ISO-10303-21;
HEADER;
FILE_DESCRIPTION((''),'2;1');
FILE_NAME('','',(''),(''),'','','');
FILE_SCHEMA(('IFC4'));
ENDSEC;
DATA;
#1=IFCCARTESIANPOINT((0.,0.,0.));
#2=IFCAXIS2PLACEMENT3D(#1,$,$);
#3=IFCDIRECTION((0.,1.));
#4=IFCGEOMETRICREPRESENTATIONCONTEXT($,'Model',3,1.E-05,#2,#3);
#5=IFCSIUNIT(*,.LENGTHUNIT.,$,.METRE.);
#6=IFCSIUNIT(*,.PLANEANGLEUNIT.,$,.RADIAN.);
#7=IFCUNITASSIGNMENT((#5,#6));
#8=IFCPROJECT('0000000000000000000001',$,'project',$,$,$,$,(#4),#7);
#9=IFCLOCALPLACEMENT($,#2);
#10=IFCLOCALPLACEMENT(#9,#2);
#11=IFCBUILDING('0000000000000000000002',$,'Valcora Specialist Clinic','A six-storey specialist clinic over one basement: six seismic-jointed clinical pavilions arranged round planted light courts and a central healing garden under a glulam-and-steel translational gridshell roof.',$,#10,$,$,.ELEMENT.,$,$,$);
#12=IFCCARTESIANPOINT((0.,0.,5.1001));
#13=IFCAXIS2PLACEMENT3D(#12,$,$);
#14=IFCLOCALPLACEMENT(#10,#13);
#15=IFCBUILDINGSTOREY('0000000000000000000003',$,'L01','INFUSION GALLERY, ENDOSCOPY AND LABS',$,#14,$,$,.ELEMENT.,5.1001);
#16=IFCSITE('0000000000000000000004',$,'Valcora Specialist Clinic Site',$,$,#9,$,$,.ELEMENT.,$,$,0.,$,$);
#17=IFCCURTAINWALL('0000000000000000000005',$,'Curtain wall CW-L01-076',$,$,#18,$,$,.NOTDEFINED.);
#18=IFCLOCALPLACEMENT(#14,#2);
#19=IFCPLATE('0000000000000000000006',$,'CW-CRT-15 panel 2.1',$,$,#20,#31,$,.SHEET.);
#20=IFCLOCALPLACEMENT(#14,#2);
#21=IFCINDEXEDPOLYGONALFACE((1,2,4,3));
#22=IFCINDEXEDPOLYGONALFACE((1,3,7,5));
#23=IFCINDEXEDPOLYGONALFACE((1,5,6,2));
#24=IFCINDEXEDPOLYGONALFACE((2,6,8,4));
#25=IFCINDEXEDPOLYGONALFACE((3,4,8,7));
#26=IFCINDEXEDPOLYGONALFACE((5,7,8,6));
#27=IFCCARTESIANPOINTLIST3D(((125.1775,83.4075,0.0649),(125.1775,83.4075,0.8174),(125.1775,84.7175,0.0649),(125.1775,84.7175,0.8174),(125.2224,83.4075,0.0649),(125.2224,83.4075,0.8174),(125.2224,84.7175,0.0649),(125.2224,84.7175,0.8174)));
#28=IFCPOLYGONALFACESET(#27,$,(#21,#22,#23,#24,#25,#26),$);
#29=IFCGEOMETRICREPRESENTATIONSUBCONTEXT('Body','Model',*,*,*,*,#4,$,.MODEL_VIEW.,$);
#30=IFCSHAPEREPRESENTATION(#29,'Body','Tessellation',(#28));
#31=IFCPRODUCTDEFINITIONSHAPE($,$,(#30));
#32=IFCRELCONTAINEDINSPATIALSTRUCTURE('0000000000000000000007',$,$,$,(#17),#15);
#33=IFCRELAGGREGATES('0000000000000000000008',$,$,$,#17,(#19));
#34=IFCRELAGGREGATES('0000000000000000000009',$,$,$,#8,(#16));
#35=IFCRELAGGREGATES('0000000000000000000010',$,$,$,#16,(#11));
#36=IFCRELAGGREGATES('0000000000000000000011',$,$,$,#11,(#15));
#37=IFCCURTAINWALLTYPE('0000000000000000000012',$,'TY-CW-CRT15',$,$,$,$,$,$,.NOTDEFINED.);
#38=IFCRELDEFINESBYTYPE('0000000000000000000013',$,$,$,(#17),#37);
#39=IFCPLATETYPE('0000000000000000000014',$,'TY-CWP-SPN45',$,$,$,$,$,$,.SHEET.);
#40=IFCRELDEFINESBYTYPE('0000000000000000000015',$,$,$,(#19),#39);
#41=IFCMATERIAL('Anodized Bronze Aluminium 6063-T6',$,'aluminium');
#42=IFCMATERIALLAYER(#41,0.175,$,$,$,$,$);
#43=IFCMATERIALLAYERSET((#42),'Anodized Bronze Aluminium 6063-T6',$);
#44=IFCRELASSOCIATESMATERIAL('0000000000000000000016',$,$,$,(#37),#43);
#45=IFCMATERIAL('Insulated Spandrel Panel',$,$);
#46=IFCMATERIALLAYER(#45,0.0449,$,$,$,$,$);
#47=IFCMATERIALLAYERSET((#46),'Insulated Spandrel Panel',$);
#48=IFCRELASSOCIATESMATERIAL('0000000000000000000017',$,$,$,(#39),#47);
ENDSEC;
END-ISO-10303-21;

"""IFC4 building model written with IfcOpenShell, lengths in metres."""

from ifc_helpers import new_model, si_unit, direction, frame, origin, origin_2d, place, context, subcontext, project, spatial, rectangle, extrude, material, layer, layer_set, type_object, element, aggregate, save


model = new_model("IFC4")

# Units and contexts
model_context = context("Model", 3, precision=1e-05, world=origin(), true_north=direction((0.0, 1.0)))
body_context = subcontext(model_context, "Body", "Model", "MODEL_VIEW")
ifc_project = project(units=[si_unit("LENGTHUNIT", "METRE"), si_unit("PLANEANGLEUNIT", "RADIAN")], contexts=[model_context])

# Site, building, storey
site_placement = place(None, origin())
site = spatial("IfcSite", under=ifc_project, at=site_placement, Name="Valcora Specialist Clinic Site", CompositionType="ELEMENT", RefElevation=0.0)
building_placement = place(site_placement, origin())
building = spatial("IfcBuilding", under=site, at=building_placement, Name="Valcora Specialist Clinic", Description="A six-storey specialist clinic over one basement: six seismic-jointed clinical pavilions arranged round planted light courts and a central healing garden under a glulam-and-steel translational gridshell roof.", CompositionType="ELEMENT")
storey_placement = place(building_placement, frame((0.0, 0.0, 5.1001)))
storey = spatial("IfcBuildingStorey", under=building, at=storey_placement, Name="L01", Description="INFUSION GALLERY, ENDOSCOPY AND LABS", CompositionType="ELEMENT", Elevation=5.1001)

# Shared definitions
ifc_material_1 = material(Name="Anodized Bronze Aluminium 6063-T6", Category="aluminium")
ifc_layer_1 = layer(ifc_material_1, 0.175)
ifc_layer_set_1 = layer_set([ifc_layer_1], Name="Anodized Bronze Aluminium 6063-T6")
curtain_wall_type = type_object("IfcCurtainWallType", Name="TY-CW-CRT15", PredefinedType="NOTDEFINED", material=ifc_layer_set_1)

# Curtain wall
curtain_wall_1_placement = place(storey_placement, origin())
curtain_wall_1 = element("IfcCurtainWall", 1, at=curtain_wall_1_placement, inside=storey, type_object=curtain_wall_type, Name="Curtain wall CW-L01-076", PredefinedType="NOTDEFINED")

# Plate
ifc_material_2 = material(Name="Insulated Spandrel Panel")
ifc_layer_2 = layer(ifc_material_2, 0.0449)
ifc_layer_set_2 = layer_set([ifc_layer_2], Name="Insulated Spandrel Panel")
plate_type_1 = type_object("IfcPlateType", Name="TY-CWP-SPN45", PredefinedType="SHEET", material=ifc_layer_set_2)
plate_1_placement = place(storey_placement, frame((125.2, 84.0625, 0.0649), z_axis=(0.0, 0.0, 1.0), x_axis=(0.0, 1.0, 0.0)))
plate_1 = element("IfcPlate", 2, at=plate_1_placement, type_object=plate_type_1, Name="CW-CRT-15 panel 2.1", PredefinedType="SHEET", context=body_context, shape_type="SweptSolid", body=[
    extrude(rectangle(XDim=1.3101, YDim=0.0449, at=origin_2d()), origin(), (0.0, 0.0, 1.0), 0.7524),
])
aggregate(curtain_wall_1, [plate_1])

save(model, "model.ifc")
